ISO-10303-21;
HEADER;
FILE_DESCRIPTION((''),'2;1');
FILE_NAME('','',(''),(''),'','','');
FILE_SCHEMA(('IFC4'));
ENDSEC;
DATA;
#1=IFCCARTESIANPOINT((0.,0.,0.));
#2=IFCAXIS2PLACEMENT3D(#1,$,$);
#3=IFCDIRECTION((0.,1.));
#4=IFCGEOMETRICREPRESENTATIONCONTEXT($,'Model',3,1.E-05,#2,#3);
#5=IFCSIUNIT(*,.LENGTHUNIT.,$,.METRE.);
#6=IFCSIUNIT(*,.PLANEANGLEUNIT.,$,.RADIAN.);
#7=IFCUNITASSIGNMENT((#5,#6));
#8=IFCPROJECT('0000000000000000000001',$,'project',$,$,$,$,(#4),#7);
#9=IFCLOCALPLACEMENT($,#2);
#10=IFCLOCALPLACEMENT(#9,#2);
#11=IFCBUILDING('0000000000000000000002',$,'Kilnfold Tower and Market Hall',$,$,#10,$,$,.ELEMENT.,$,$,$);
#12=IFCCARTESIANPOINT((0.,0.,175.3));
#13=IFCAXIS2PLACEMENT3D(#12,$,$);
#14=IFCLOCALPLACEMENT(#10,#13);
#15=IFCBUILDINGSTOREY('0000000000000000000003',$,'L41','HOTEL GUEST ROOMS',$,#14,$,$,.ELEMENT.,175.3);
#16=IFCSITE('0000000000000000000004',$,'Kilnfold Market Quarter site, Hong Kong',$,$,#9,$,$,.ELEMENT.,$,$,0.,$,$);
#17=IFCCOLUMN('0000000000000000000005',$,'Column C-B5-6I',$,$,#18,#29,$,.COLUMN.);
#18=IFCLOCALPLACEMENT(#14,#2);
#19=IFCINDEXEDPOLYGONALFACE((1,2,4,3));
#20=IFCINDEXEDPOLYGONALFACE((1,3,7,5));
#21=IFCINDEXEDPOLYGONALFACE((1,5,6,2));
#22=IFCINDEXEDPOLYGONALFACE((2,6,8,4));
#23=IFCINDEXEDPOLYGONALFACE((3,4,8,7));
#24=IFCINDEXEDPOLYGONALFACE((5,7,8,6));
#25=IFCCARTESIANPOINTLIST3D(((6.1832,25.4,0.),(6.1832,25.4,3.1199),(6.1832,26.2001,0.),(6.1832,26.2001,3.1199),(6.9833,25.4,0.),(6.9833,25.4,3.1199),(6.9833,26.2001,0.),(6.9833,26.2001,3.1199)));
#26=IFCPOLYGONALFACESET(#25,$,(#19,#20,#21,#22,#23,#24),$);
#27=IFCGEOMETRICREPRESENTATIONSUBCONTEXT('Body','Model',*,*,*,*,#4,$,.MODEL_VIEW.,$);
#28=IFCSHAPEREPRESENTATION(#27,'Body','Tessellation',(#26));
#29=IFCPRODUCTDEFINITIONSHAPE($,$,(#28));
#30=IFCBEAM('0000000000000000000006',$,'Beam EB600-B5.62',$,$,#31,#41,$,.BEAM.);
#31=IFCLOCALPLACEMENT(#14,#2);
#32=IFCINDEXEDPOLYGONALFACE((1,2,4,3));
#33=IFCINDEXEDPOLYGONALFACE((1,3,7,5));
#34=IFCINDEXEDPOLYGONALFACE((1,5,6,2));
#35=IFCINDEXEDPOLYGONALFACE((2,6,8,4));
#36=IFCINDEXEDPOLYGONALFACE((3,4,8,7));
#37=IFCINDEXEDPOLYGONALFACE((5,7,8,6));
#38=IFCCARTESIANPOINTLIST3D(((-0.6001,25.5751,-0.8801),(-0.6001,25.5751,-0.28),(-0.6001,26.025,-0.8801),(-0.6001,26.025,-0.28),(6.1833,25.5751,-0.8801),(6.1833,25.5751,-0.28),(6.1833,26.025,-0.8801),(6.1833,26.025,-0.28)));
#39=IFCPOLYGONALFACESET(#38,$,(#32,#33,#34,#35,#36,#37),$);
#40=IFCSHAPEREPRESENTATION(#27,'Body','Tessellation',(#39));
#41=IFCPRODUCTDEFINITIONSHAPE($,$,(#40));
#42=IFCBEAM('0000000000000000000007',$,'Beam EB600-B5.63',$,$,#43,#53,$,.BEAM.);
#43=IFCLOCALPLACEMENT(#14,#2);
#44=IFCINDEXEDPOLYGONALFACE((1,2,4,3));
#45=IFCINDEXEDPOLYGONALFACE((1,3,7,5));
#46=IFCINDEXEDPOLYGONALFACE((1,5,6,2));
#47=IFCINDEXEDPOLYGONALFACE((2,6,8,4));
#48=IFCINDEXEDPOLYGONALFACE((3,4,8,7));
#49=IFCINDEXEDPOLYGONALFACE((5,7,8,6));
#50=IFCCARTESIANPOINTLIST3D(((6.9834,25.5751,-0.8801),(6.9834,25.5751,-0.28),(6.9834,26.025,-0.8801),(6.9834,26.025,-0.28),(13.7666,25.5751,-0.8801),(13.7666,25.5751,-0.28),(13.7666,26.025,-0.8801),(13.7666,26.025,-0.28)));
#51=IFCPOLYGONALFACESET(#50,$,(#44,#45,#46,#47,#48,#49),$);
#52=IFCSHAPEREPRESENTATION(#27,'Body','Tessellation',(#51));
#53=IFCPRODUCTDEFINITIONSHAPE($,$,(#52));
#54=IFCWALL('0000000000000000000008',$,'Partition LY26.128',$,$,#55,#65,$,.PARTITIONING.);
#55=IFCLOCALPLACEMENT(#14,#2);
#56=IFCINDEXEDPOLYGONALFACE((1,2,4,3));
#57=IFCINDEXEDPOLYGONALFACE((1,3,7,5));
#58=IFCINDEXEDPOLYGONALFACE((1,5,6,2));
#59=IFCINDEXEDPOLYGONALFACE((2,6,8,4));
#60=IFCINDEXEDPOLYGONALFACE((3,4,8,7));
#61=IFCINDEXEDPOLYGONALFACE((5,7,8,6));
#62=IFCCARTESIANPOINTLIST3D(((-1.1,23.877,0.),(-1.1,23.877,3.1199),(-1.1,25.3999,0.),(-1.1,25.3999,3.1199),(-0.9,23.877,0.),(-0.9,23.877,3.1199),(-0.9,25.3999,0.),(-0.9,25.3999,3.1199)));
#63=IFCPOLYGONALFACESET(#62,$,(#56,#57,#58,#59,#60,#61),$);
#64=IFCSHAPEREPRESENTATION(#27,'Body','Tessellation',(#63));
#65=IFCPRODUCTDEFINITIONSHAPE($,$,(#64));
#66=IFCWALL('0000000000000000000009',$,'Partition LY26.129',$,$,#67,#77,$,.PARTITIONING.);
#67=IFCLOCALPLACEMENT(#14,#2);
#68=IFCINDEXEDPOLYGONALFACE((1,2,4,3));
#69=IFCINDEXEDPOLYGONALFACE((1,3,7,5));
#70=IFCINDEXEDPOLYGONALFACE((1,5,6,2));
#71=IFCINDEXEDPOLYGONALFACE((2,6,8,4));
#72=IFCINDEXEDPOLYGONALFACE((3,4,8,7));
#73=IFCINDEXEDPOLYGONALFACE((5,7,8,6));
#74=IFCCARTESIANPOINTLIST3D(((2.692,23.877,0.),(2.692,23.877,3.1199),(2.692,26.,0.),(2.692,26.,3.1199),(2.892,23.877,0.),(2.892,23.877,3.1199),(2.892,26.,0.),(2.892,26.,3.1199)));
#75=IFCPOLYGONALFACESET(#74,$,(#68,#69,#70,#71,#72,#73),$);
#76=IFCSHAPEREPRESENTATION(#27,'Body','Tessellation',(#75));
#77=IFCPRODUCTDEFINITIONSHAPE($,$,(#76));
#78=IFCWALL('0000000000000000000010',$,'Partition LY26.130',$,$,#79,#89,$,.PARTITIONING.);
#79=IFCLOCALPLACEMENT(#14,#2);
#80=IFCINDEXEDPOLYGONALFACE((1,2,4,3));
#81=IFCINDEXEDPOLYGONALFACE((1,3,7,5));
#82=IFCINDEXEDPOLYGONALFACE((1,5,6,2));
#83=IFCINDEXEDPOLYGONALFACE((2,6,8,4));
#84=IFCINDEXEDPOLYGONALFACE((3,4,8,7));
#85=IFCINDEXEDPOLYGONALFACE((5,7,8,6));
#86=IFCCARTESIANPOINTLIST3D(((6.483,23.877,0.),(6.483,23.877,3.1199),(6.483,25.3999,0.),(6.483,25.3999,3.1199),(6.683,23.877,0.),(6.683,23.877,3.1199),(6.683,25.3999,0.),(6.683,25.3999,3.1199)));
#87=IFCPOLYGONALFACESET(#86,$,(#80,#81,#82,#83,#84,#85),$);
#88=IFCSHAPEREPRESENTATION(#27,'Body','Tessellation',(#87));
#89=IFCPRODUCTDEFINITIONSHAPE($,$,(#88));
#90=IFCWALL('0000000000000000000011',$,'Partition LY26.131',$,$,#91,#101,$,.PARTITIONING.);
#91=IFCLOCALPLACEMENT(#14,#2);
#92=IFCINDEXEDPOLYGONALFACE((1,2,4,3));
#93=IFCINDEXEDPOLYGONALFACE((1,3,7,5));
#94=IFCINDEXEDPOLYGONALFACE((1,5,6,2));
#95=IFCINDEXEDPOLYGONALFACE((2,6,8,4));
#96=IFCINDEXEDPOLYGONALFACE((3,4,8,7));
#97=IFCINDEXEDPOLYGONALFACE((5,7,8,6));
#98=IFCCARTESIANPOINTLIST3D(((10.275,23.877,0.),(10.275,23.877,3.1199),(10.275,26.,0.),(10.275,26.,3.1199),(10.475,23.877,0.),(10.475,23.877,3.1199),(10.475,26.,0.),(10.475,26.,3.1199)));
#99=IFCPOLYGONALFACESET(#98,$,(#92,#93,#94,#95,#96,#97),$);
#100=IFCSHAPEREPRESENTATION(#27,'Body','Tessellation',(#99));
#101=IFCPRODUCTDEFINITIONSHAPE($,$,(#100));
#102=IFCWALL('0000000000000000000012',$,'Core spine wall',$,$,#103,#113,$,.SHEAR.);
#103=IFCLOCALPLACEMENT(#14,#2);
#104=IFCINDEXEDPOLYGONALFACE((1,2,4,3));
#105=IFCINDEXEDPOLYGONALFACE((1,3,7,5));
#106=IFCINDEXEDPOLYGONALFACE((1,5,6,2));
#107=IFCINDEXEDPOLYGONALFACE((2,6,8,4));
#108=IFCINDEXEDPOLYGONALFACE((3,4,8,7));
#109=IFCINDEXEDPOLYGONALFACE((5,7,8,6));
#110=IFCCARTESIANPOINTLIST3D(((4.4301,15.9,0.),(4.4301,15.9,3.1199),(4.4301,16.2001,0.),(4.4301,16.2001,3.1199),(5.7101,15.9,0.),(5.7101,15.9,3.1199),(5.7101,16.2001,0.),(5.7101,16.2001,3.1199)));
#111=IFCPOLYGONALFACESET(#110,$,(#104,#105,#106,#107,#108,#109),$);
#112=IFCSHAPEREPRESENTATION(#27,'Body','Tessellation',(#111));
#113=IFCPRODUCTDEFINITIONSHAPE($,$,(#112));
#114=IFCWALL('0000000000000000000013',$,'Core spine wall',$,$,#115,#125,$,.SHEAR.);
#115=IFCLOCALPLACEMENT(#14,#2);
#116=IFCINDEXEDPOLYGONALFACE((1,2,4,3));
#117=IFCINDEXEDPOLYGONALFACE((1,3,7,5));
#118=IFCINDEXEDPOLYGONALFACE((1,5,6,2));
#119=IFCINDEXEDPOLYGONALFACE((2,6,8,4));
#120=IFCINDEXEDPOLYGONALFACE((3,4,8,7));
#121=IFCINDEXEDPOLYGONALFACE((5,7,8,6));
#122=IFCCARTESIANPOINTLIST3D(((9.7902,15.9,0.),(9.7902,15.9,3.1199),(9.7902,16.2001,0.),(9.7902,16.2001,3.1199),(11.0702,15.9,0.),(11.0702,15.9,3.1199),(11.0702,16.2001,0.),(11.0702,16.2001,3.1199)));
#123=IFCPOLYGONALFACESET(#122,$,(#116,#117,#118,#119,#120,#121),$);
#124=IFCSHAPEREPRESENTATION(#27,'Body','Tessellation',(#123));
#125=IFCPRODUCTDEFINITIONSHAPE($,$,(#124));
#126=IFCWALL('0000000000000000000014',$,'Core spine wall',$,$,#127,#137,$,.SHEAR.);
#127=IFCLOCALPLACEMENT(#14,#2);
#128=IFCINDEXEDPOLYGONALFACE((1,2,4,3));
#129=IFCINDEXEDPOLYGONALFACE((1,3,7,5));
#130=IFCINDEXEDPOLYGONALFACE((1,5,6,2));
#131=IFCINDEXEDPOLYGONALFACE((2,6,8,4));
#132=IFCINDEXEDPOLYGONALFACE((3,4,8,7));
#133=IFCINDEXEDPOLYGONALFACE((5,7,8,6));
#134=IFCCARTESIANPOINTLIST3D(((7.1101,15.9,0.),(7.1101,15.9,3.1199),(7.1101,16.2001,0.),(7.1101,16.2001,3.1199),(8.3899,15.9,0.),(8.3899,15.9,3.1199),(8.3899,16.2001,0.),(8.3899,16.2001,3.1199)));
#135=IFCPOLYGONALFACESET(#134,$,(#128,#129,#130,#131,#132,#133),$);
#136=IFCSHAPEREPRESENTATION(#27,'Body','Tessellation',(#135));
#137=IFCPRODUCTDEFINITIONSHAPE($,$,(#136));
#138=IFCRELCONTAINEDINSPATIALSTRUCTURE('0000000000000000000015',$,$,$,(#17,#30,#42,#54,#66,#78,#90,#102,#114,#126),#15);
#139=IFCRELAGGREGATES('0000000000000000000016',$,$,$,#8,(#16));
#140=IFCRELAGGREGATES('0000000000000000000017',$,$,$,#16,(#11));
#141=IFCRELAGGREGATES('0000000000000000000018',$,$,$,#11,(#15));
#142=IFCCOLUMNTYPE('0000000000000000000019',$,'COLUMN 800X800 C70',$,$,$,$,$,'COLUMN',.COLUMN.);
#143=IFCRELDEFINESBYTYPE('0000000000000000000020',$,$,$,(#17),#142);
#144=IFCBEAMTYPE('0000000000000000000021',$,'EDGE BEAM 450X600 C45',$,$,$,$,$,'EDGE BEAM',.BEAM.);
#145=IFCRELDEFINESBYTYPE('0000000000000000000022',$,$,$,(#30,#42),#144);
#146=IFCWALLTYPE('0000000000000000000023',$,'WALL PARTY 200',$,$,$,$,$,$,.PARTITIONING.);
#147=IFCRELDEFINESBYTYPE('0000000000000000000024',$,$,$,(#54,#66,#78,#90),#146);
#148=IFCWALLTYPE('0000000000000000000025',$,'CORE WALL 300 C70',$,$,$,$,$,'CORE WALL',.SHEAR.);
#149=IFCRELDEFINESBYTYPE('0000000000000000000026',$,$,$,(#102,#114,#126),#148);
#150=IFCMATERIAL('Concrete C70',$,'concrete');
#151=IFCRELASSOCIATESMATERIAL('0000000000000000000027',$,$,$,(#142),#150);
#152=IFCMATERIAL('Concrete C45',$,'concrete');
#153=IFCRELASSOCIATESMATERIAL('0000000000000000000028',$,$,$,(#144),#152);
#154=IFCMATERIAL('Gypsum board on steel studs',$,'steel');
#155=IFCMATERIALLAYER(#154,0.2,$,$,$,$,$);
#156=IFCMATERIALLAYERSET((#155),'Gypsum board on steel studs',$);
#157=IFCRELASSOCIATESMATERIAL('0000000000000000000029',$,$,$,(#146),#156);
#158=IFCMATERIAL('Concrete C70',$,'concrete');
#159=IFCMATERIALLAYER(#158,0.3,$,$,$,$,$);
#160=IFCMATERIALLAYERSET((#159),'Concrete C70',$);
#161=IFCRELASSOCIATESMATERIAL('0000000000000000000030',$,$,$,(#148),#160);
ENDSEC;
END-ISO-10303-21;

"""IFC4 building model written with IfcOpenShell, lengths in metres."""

from ifc_helpers import new_model, si_unit, direction, frame, frame_2d, origin, origin_2d, place, context, subcontext, project, spatial, rectangle, extrude, source, transform, mapped, material, layer, layer_set, material_profile, profile_set, type_object, element, save


model = new_model("IFC4")

# Units and contexts
model_context = context("Model", 3, precision=1e-05, world=origin(), true_north=direction((0.0, 1.0)))
body_context = subcontext(model_context, "Body", "Model", "MODEL_VIEW")
ifc_project = project(units=[si_unit("LENGTHUNIT", "METRE"), si_unit("PLANEANGLEUNIT", "RADIAN")], contexts=[model_context])

# Site, building, storey
site_placement = place(None, origin())
site = spatial("IfcSite", under=ifc_project, at=site_placement, Name="Kilnfold Market Quarter site, Hong Kong", CompositionType="ELEMENT", RefElevation=0.0)
building_placement = place(site_placement, origin())
building = spatial("IfcBuilding", under=site, at=building_placement, Name="Kilnfold Tower and Market Hall", CompositionType="ELEMENT")
storey_placement = place(building_placement, frame((0.0, 0.0, 175.3)))
storey = spatial("IfcBuildingStorey", under=building, at=storey_placement, Name="L41", Description="HOTEL GUEST ROOMS", CompositionType="ELEMENT", Elevation=175.3)

# Column
ifc_material_1 = material(Name="Concrete C70", Category="concrete")
ifc_material_profile_1 = material_profile(ifc_material_1, rectangle(XDim=0.8, YDim=0.8, at=origin_2d()), Name="RC 800x800")
ifc_profile_set_1 = profile_set([ifc_material_profile_1], Name="Concrete C70")
column_type = type_object("IfcColumnType", Name="COLUMN 800X800 C70", ElementType="COLUMN", PredefinedType="COLUMN", material=ifc_profile_set_1)
shared_shape_1 = source(origin(), body_context, "Body", "SweptSolid", [
    extrude(rectangle(XDim=0.8, YDim=0.8, at=origin_2d()), origin(), (0.0, 0.0, 1.0), 3.1199),
])
column_placement = place(storey_placement, frame((6.5833, 25.8, 0.0), z_axis=(0.0, 0.0, 1.0), x_axis=(1.0, 0.0, 0.0)))
element("IfcColumn", 1, at=column_placement, inside=storey, type_object=column_type, Name="Column C-B5-6I", PredefinedType="COLUMN", context=body_context, shape_type="MappedRepresentation", body=[
    mapped(shared_shape_1, transform((0.0, 0.0, 0.0))),
])

# Beams
ifc_material_2 = material(Name="Concrete C45", Category="concrete")
ifc_material_profile_2 = material_profile(ifc_material_2, rectangle(XDim=0.45, YDim=0.6001, at=origin_2d()), Name="RC 450x600")
ifc_profile_set_2 = profile_set([ifc_material_profile_2], Name="Concrete C45")
beam_type = type_object("IfcBeamType", Name="EDGE BEAM 450X600 C45", ElementType="EDGE BEAM", PredefinedType="BEAM", material=ifc_profile_set_2)
shared_shape_2 = source(origin(), body_context, "Body", "SweptSolid", [
    extrude(rectangle(XDim=0.45, YDim=0.6001, at=origin_2d()), origin(), (0.0, 0.0, 1.0), 6.7834),
])
beam_1_placement = place(storey_placement, frame((-0.6001, 25.8, -0.5801), z_axis=(1.0, 0.0, 0.0), x_axis=(0.0, 1.0, 0.0)))
element("IfcBeam", 2, at=beam_1_placement, inside=storey, type_object=beam_type, Name="Beam EB600-B5.62", PredefinedType="BEAM", context=body_context, shape_type="MappedRepresentation", body=[
    mapped(shared_shape_2, transform((0.0, 0.0, 0.0))),
])
shared_shape_3 = source(origin(), body_context, "Body", "SweptSolid", [
    extrude(rectangle(XDim=0.45, YDim=0.6001, at=origin_2d()), origin(), (0.0, 0.0, 1.0), 6.7832),
])
beam_2_placement = place(storey_placement, frame((6.9834, 25.8, -0.5801), z_axis=(1.0, 0.0, 0.0), x_axis=(0.0, 1.0, 0.0)))
element("IfcBeam", 3, at=beam_2_placement, inside=storey, type_object=beam_type, Name="Beam EB600-B5.63", PredefinedType="BEAM", context=body_context, shape_type="MappedRepresentation", body=[
    mapped(shared_shape_3, transform((0.0, 0.0, 0.0))),
])

# Walls
ifc_material_3 = material(Name="Gypsum board on steel studs", Category="steel")
ifc_layer_1 = layer(ifc_material_3, 0.2)
ifc_layer_set_1 = layer_set([ifc_layer_1], Name="Gypsum board on steel studs")
wall_type_1 = type_object("IfcWallType", Name="WALL PARTY 200", PredefinedType="PARTITIONING", material=ifc_layer_set_1)
wall_1_placement = place(storey_placement, frame((-1.0, 23.877, 0.0), z_axis=(0.0, 0.0, 1.0), x_axis=(0.0, 1.0, 0.0)))
element("IfcWall", 4, at=wall_1_placement, inside=storey, type_object=wall_type_1, Name="Partition LY26.128", PredefinedType="PARTITIONING", context=body_context, shape_type="SweptSolid", body=[
    extrude(rectangle(XDim=1.5229, YDim=0.2, at=frame_2d((0.7615, 0.0))), origin(), (0.0, 0.0, 1.0), 3.1199),
])
wall_2_placement = place(storey_placement, frame((2.792, 23.877, 0.0), z_axis=(0.0, 0.0, 1.0), x_axis=(0.0, 1.0, 0.0)))
element("IfcWall", 5, at=wall_2_placement, inside=storey, type_object=wall_type_1, Name="Partition LY26.129", PredefinedType="PARTITIONING", context=body_context, shape_type="SweptSolid", body=[
    extrude(rectangle(XDim=2.123, YDim=0.2, at=frame_2d((1.0615, 0.0))), origin(), (0.0, 0.0, 1.0), 3.1199),
])
wall_3_placement = place(storey_placement, frame((6.583, 23.877, 0.0), z_axis=(0.0, 0.0, 1.0), x_axis=(0.0, 1.0, 0.0)))
element("IfcWall", 6, at=wall_3_placement, inside=storey, type_object=wall_type_1, Name="Partition LY26.130", PredefinedType="PARTITIONING", context=body_context, shape_type="SweptSolid", body=[
    extrude(rectangle(XDim=1.5229, YDim=0.2, at=frame_2d((0.7615, 0.0))), origin(), (0.0, 0.0, 1.0), 3.1199),
])
wall_4_placement = place(storey_placement, frame((10.375, 23.877, 0.0), z_axis=(0.0, 0.0, 1.0), x_axis=(0.0, 1.0, 0.0)))
element("IfcWall", 7, at=wall_4_placement, inside=storey, type_object=wall_type_1, Name="Partition LY26.131", PredefinedType="PARTITIONING", context=body_context, shape_type="SweptSolid", body=[
    extrude(rectangle(XDim=2.123, YDim=0.2, at=frame_2d((1.0615, 0.0))), origin(), (0.0, 0.0, 1.0), 3.1199),
])
ifc_material_4 = material(Name="Concrete C70", Category="concrete")
ifc_layer_2 = layer(ifc_material_4, 0.3)
ifc_layer_set_2 = layer_set([ifc_layer_2], Name="Concrete C70")
wall_type_2 = type_object("IfcWallType", Name="CORE WALL 300 C70", ElementType="CORE WALL", PredefinedType="SHEAR", material=ifc_layer_set_2)
shared_shape_4 = source(origin(), body_context, "Body", "SweptSolid", [
    extrude(rectangle(XDim=1.28, YDim=0.3, at=frame_2d((0.6401, 0.0))), origin(), (0.0, 0.0, 1.0), 3.1199),
])
for number, where, z_axis, x_axis, name in (
    (8, (4.4299, 16.05, 0.0), (0.0, 0.0, 1.0), (1.0, 0.0, 0.0), "Core spine wall"),
    (9, (9.79, 16.05, 0.0), (0.0, 0.0, 1.0), (1.0, 0.0, 0.0), "Core spine wall"),
):
    element("IfcWall", number, at=place(storey_placement, frame(where, z_axis=z_axis, x_axis=x_axis)), inside=storey, type_object=wall_type_2, Name=name, PredefinedType="SHEAR", context=body_context, shape_type="MappedRepresentation", body=[
        mapped(shared_shape_4, transform((0.0, 0.0, 0.0))),
    ])
shared_shape_5 = source(origin(), body_context, "Body", "SweptSolid", [
    extrude(rectangle(XDim=1.2798, YDim=0.3, at=frame_2d((0.6399, 0.0))), origin(), (0.0, 0.0, 1.0), 3.1199),
])
wall_5_placement = place(storey_placement, frame((7.1101, 16.05, 0.0), z_axis=(0.0, 0.0, 1.0), x_axis=(1.0, 0.0, 0.0)))
element("IfcWall", 10, at=wall_5_placement, inside=storey, type_object=wall_type_2, Name="Core spine wall", PredefinedType="SHEAR", context=body_context, shape_type="MappedRepresentation", body=[
    mapped(shared_shape_5, transform((0.0, 0.0, 0.0))),
])

save(model, "model.ifc")
